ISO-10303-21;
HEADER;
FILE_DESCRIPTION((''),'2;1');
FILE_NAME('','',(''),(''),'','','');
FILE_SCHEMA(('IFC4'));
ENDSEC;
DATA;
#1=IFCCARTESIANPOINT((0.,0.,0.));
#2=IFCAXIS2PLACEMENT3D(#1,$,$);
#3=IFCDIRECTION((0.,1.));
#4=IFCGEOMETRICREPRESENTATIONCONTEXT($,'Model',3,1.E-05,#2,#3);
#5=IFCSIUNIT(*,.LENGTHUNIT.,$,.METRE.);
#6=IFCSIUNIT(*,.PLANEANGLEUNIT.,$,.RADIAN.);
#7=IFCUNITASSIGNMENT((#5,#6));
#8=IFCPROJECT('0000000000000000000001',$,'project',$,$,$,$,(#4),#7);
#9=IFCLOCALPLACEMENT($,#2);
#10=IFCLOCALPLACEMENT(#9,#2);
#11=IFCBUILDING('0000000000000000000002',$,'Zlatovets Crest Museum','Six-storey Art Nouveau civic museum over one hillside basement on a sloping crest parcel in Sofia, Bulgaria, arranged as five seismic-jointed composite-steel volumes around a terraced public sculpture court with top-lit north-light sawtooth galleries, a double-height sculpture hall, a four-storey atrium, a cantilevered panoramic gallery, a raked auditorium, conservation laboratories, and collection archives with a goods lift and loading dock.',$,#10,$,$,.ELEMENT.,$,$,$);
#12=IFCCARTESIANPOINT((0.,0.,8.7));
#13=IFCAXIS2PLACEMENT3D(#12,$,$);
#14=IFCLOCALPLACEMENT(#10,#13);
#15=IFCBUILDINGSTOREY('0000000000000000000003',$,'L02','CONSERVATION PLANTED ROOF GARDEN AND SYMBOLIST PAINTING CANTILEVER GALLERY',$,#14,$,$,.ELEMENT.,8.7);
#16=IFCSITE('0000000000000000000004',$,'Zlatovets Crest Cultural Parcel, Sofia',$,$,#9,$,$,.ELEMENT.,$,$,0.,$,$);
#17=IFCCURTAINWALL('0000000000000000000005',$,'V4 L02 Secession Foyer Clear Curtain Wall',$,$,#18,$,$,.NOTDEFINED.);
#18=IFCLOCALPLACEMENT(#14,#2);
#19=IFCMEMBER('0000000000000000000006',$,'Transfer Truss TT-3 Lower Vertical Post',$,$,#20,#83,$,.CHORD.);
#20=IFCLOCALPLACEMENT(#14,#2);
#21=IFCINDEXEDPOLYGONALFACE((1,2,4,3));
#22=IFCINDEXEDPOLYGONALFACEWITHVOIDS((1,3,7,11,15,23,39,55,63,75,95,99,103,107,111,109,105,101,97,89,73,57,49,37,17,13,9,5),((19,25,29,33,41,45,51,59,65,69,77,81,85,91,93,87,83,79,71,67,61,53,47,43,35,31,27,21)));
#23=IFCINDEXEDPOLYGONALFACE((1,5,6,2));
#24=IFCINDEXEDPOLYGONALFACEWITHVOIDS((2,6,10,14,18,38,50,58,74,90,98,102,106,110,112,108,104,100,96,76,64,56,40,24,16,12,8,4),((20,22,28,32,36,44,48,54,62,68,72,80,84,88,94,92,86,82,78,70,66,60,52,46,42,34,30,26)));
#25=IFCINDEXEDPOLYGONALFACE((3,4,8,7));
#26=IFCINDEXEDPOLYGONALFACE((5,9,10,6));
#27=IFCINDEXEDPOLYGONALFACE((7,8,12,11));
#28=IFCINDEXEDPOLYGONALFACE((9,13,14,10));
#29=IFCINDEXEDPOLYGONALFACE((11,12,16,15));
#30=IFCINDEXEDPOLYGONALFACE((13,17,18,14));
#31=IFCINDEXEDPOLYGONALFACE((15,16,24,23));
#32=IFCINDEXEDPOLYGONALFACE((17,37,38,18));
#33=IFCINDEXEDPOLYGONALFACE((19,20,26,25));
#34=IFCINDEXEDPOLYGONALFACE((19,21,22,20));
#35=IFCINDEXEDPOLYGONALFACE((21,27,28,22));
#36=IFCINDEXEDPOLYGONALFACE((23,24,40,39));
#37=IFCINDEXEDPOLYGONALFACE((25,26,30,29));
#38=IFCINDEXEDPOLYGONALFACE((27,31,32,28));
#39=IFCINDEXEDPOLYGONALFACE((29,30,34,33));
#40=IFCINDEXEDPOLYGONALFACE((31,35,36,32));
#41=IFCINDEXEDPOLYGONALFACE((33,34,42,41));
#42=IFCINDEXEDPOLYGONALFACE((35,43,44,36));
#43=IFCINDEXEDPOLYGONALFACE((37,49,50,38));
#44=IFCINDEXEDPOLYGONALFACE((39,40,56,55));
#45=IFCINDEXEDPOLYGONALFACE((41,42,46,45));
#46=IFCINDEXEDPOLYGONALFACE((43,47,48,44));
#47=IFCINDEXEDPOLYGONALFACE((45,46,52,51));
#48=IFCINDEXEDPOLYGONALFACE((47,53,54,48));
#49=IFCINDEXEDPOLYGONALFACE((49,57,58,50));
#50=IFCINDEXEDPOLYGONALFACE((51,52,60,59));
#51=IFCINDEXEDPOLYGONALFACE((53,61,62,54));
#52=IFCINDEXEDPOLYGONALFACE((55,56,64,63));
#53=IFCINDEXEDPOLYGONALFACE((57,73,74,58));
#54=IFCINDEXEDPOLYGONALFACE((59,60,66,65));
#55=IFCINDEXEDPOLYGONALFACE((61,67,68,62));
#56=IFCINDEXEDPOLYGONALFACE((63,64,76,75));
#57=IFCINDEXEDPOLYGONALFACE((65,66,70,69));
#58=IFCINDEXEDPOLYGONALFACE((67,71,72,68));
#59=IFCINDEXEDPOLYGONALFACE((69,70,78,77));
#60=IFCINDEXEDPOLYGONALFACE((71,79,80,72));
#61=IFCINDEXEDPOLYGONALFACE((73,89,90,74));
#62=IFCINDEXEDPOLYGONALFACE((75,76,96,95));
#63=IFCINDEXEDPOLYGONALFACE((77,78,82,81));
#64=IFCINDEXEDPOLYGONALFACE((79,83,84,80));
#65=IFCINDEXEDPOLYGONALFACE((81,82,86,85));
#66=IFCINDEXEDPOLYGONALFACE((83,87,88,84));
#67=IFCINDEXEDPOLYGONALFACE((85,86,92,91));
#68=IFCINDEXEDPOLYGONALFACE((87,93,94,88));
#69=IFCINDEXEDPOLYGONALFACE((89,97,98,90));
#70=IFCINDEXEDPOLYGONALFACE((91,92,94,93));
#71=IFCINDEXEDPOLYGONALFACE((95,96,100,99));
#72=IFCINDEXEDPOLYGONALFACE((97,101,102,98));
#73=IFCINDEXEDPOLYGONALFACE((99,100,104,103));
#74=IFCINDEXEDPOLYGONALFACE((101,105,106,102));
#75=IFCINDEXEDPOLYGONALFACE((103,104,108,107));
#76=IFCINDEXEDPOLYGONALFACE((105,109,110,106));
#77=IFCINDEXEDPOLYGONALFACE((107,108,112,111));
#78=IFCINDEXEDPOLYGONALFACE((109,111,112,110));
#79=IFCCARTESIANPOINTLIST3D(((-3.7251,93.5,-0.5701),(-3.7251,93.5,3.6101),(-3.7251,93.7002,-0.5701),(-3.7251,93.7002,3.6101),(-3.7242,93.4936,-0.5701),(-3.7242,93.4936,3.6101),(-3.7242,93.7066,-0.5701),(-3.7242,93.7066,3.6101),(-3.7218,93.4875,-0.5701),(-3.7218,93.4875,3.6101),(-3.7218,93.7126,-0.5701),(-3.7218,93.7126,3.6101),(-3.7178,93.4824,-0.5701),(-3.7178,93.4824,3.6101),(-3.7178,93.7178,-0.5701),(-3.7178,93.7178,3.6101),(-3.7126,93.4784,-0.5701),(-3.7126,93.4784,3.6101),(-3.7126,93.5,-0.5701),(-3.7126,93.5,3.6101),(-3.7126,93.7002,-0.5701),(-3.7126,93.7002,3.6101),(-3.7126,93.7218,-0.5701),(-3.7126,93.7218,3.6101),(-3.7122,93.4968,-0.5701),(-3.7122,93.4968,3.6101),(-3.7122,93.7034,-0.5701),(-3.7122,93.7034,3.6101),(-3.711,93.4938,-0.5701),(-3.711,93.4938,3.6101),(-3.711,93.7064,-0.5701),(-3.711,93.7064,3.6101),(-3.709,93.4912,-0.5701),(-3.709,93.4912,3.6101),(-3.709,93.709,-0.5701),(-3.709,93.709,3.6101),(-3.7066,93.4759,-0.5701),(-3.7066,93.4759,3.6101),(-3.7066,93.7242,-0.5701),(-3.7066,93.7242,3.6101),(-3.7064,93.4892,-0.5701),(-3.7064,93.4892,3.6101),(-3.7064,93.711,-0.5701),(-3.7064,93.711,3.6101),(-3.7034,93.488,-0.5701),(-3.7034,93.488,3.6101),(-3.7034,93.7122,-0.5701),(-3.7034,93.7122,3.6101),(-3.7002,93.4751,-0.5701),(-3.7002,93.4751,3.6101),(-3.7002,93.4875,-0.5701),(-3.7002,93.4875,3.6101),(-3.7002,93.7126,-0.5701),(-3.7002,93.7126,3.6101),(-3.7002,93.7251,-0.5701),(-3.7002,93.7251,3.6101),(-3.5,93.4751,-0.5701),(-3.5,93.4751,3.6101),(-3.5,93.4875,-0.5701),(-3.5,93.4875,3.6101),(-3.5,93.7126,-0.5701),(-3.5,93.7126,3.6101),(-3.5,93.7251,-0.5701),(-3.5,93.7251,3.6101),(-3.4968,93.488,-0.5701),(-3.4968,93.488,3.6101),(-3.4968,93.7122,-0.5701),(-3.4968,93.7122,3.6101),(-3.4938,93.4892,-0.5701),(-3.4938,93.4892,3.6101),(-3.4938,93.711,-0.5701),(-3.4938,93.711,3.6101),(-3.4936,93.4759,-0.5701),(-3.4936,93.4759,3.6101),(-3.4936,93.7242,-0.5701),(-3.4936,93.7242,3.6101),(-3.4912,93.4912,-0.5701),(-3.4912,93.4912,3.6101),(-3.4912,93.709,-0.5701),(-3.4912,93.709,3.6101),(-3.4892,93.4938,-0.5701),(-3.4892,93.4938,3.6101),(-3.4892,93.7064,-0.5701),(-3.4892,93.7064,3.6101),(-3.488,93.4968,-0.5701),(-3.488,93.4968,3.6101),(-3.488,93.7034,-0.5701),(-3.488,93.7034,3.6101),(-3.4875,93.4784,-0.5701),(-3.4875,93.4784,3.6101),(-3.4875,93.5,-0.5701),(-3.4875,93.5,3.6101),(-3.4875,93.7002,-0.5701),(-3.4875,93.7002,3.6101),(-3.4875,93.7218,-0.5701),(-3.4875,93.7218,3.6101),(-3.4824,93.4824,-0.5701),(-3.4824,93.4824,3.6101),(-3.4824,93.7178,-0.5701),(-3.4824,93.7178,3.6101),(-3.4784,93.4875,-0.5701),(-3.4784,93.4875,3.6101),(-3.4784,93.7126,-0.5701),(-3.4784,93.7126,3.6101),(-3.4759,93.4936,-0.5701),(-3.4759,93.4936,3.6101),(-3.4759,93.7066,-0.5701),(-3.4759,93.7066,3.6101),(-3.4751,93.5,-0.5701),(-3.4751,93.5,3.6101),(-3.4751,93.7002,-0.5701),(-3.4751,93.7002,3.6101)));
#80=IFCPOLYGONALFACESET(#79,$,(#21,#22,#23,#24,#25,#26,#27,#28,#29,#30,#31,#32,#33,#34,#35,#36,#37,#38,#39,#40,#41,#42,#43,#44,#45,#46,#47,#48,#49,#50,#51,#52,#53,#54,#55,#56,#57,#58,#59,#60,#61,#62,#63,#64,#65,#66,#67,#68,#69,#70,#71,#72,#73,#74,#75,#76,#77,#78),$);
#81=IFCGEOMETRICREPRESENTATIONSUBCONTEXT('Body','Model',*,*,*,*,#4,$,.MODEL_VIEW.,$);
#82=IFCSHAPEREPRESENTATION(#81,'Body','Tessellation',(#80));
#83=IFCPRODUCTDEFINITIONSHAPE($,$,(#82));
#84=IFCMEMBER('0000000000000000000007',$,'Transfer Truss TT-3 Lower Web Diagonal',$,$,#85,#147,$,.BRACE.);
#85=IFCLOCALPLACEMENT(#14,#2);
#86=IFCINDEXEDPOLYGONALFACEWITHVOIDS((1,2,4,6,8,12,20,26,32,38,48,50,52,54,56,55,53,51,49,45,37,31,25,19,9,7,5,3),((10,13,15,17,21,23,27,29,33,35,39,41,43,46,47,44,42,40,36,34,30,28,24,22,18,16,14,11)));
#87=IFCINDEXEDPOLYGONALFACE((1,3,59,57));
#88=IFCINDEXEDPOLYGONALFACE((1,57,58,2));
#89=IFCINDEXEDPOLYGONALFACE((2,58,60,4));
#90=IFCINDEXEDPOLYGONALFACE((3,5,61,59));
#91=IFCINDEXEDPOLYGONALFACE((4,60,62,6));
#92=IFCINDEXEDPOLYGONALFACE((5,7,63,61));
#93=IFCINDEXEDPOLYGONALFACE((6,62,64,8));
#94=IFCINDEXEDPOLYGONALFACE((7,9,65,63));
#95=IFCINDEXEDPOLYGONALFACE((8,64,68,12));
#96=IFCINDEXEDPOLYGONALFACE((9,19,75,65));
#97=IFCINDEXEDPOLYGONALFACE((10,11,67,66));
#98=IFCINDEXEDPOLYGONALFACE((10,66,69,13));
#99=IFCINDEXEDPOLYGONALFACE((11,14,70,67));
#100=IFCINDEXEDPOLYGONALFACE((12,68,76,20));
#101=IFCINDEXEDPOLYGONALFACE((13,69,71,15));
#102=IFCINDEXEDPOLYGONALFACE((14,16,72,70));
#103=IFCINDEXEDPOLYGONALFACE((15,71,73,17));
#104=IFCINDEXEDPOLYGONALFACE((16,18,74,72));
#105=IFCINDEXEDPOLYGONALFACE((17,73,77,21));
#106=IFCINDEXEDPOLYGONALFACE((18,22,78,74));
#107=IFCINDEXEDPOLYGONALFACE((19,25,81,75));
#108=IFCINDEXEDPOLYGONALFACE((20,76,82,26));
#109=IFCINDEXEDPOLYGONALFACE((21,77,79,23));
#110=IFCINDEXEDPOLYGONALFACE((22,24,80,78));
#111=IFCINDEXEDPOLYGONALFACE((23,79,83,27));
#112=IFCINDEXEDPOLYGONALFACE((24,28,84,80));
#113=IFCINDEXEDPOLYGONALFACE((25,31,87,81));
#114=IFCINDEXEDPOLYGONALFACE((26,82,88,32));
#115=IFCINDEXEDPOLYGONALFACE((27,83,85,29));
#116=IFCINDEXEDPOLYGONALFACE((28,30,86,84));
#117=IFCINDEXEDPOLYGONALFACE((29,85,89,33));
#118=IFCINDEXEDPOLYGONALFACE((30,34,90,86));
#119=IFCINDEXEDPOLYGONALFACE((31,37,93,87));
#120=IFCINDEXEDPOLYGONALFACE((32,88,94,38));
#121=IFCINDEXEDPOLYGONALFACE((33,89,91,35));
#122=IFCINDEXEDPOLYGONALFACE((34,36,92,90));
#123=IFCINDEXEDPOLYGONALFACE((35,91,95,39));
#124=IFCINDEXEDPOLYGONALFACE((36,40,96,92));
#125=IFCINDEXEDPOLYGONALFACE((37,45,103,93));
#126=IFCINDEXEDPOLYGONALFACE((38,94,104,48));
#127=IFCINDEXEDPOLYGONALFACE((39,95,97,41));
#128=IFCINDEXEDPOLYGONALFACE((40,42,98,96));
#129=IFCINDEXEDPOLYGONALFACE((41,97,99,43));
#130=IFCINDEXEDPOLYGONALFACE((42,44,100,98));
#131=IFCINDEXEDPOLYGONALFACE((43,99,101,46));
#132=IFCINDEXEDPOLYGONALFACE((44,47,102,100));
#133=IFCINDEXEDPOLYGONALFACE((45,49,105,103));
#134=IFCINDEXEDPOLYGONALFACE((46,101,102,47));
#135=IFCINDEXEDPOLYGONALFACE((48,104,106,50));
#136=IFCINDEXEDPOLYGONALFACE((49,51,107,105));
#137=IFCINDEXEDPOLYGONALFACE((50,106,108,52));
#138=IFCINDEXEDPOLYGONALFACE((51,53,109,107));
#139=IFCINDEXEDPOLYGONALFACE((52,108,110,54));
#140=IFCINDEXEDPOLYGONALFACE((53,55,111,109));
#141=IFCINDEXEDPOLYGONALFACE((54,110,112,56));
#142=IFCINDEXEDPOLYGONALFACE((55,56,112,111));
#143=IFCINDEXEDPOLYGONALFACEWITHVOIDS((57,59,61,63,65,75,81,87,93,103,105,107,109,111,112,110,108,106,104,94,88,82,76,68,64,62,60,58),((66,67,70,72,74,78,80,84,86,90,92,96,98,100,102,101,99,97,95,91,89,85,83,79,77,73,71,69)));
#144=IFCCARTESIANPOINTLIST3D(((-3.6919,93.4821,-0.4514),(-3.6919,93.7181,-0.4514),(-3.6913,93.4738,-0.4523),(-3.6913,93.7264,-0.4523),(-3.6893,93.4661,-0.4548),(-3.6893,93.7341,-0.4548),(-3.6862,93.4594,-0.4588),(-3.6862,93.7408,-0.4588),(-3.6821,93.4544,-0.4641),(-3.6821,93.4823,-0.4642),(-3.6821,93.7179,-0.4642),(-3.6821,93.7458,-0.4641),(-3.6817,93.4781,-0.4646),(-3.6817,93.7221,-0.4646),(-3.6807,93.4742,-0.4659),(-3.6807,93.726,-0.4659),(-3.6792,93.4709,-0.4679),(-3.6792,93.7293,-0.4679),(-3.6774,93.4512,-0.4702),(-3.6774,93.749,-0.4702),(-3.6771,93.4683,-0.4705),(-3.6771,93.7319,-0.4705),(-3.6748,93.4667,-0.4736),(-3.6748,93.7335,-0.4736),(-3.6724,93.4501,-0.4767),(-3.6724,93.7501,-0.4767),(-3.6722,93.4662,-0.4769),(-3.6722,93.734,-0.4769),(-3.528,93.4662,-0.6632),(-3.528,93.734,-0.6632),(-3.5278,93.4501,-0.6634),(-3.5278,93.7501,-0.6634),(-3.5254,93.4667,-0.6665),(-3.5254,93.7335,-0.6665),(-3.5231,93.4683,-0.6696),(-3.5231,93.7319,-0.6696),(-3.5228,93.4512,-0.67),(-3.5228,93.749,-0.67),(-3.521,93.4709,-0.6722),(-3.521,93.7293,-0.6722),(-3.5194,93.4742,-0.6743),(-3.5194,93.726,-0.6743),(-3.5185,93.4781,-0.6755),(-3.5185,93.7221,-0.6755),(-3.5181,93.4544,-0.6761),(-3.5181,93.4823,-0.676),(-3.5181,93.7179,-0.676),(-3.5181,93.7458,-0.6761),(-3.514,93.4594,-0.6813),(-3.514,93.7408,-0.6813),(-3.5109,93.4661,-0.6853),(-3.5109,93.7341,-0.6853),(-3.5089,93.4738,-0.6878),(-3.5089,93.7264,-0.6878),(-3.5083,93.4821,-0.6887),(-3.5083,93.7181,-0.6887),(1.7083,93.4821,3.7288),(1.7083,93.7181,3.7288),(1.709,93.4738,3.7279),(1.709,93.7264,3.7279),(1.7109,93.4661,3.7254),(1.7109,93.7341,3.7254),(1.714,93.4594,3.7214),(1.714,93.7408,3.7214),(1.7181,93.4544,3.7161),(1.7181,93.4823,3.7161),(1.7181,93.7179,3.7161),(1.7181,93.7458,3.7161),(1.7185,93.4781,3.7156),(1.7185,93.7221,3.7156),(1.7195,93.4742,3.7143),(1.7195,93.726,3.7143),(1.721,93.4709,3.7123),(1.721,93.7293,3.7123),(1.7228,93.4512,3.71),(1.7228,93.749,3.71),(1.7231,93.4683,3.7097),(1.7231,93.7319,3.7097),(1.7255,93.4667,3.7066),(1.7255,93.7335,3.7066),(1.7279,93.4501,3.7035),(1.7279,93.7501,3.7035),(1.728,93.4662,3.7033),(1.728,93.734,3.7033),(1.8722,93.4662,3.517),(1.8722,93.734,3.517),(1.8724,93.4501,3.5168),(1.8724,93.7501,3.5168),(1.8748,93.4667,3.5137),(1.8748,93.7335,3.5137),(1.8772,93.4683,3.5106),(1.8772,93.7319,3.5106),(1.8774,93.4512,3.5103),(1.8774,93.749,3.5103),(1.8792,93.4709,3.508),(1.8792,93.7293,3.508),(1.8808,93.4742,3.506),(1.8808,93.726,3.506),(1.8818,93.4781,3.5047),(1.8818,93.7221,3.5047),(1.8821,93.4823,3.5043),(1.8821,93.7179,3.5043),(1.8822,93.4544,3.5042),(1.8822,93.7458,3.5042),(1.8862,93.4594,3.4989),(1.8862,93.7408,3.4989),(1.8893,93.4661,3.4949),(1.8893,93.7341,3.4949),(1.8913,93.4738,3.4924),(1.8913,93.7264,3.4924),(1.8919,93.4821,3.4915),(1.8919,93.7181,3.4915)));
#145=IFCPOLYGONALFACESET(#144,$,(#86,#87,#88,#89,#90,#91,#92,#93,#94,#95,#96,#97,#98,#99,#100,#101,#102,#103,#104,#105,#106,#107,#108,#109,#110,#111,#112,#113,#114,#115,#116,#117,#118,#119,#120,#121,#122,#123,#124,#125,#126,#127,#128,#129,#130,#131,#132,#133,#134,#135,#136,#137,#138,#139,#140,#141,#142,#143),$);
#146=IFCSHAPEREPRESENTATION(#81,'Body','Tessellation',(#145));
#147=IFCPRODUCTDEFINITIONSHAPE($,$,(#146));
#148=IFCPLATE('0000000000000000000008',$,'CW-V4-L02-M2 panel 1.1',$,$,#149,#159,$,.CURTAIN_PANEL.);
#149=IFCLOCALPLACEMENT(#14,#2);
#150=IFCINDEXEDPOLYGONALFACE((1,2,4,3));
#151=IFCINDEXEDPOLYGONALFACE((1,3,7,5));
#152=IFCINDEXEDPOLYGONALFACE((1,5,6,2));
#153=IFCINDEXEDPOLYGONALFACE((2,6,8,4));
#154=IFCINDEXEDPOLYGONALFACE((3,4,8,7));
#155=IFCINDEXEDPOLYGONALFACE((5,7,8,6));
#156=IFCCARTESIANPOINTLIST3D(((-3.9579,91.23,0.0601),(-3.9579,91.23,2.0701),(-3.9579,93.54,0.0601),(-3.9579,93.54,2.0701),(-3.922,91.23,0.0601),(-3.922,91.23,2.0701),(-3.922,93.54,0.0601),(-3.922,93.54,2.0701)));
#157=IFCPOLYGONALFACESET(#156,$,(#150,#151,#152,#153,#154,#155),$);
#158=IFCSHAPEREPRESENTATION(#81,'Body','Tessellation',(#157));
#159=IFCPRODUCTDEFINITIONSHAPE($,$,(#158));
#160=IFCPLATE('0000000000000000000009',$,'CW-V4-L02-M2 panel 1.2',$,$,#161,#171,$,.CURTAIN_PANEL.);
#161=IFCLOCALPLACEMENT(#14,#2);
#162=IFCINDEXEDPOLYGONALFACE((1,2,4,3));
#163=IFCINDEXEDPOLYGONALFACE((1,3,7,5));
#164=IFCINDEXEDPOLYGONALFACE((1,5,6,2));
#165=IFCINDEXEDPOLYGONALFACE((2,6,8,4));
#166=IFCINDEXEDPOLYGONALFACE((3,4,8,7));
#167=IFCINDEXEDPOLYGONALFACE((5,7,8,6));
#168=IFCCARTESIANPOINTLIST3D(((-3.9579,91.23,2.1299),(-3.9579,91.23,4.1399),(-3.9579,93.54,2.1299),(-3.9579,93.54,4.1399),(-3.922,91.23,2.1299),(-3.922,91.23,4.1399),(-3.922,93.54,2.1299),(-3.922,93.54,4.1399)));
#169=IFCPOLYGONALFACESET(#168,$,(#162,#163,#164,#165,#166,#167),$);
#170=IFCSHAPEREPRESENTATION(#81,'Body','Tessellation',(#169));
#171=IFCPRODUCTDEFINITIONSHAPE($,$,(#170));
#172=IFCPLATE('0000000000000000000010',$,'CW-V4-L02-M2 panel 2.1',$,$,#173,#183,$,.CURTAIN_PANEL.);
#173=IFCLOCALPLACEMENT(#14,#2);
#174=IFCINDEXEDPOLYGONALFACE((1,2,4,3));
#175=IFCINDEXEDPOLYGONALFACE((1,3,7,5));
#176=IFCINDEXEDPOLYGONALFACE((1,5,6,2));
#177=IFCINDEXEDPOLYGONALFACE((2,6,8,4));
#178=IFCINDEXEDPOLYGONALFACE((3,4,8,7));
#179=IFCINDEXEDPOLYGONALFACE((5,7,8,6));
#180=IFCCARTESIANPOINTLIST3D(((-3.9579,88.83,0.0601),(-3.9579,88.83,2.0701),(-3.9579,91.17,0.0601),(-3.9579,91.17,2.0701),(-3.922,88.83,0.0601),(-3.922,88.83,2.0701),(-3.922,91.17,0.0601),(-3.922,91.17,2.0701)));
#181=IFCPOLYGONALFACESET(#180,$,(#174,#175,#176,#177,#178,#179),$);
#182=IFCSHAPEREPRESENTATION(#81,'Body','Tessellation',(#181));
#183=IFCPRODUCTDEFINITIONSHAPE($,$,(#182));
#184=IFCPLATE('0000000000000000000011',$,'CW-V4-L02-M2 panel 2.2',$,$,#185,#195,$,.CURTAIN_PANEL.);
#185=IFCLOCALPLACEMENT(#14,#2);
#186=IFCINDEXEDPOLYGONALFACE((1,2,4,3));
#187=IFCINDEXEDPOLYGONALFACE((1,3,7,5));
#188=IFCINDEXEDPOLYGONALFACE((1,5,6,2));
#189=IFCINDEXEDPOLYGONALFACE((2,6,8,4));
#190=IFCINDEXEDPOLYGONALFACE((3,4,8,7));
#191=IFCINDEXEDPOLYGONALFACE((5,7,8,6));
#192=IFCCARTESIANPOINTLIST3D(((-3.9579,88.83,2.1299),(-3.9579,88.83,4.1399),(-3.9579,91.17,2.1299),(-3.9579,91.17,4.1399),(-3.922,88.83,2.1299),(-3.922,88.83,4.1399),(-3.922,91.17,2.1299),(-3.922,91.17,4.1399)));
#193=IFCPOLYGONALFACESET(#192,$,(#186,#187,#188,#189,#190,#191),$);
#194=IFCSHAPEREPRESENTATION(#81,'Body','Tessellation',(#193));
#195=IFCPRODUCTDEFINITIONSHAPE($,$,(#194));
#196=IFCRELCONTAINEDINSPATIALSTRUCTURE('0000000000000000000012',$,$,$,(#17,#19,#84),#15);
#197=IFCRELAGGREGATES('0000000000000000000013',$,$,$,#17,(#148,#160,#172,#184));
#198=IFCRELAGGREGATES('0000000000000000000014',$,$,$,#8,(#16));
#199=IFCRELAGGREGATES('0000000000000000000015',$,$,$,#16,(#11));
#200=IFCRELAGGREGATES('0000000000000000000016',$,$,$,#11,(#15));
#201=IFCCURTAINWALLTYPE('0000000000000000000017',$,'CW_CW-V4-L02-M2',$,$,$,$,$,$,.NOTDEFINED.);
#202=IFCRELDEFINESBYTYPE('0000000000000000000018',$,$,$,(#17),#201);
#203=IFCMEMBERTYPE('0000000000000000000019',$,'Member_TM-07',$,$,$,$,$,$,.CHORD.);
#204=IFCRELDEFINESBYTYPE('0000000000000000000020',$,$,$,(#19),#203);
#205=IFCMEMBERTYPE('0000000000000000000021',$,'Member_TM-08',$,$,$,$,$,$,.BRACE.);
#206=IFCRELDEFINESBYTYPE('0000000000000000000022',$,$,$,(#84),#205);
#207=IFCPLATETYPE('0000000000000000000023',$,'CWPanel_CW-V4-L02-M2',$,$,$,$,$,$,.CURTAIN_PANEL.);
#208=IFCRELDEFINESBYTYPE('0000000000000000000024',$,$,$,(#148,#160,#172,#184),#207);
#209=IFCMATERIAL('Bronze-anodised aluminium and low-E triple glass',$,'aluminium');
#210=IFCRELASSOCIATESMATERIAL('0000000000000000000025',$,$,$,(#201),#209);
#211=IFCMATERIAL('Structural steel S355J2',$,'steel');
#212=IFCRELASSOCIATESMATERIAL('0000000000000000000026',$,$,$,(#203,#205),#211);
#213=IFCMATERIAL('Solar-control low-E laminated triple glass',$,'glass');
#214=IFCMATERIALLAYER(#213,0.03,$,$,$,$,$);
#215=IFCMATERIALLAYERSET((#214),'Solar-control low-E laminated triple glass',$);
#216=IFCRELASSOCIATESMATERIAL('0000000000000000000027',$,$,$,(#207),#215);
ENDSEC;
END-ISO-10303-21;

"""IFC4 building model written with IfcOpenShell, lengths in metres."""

from ifc_helpers import new_model, si_unit, direction, frame, origin, origin_2d, place, context, subcontext, project, spatial, rectangle, hollow_rectangle, extrude, material, layer, layer_set, material_profile, profile_set, type_object, element, aggregate, save


model = new_model("IFC4")

# Units and contexts
model_context = context("Model", 3, precision=1e-05, world=origin(), true_north=direction((0.0, 1.0)))
body_context = subcontext(model_context, "Body", "Model", "MODEL_VIEW")
ifc_project = project(units=[si_unit("LENGTHUNIT", "METRE"), si_unit("PLANEANGLEUNIT", "RADIAN")], contexts=[model_context])

# Site, building, storey
site_placement = place(None, origin())
site = spatial("IfcSite", under=ifc_project, at=site_placement, Name="Zlatovets Crest Cultural Parcel, Sofia", CompositionType="ELEMENT", RefElevation=0.0)
building_placement = place(site_placement, origin())
building = spatial("IfcBuilding", under=site, at=building_placement, Name="Zlatovets Crest Museum", Description="Six-storey Art Nouveau civic museum over one hillside basement on a sloping crest parcel in Sofia, Bulgaria, arranged as five seismic-jointed composite-steel volumes around a terraced public sculpture court with top-lit north-light sawtooth galleries, a double-height sculpture hall, a four-storey atrium, a cantilevered panoramic gallery, a raked auditorium, conservation laboratories, and collection archives with a goods lift and loading dock.", CompositionType="ELEMENT")
storey_placement = place(building_placement, frame((0.0, 0.0, 8.7)))
storey = spatial("IfcBuildingStorey", under=building, at=storey_placement, Name="L02", Description="CONSERVATION PLANTED ROOF GARDEN AND SYMBOLIST PAINTING CANTILEVER GALLERY", CompositionType="ELEMENT", Elevation=8.7)

# Shared definitions
ifc_material_1 = material(Name="Structural steel S355J2", Category="steel")

# Curtain wall
ifc_material_2 = material(Name="Bronze-anodised aluminium and low-E triple glass", Category="aluminium")
curtain_wall_type = type_object("IfcCurtainWallType", Name="CW_CW-V4-L02-M2", PredefinedType="NOTDEFINED", material=ifc_material_2)
curtain_wall_placement = place(storey_placement, origin())
curtain_wall = element("IfcCurtainWall", 1, at=curtain_wall_placement, inside=storey, type_object=curtain_wall_type, Name="V4 L02 Secession Foyer Clear Curtain Wall", PredefinedType="NOTDEFINED")

# Members
ifc_material_profile_1 = material_profile(ifc_material_1, hollow_rectangle(XDim=0.25, YDim=0.25, WallThickness=0.0125, InnerFilletRadius=0.0125, OuterFilletRadius=0.0249, at=origin_2d()), Name="SHS 250x250x12.5")
ifc_profile_set_1 = profile_set([ifc_material_profile_1], Name="Structural steel S355J2")
member_type_1 = type_object("IfcMemberType", Name="Member_TM-07", PredefinedType="CHORD", material=ifc_profile_set_1)
member_1_placement = place(storey_placement, frame((-3.6001, 93.6001, -0.5701), z_axis=(0.0, 0.0, 1.0), x_axis=(1.0, 0.0, 0.0)))
element("IfcMember", 2, at=member_1_placement, inside=storey, type_object=member_type_1, Name="Transfer Truss TT-3 Lower Vertical Post", PredefinedType="CHORD", context=body_context, shape_type="SweptSolid", body=[
    extrude(hollow_rectangle(XDim=0.25, YDim=0.25, WallThickness=0.0125, InnerFilletRadius=0.0125, OuterFilletRadius=0.0249, at=origin_2d()), origin(), (0.0, 0.0, 1.0), 4.1802),
])
ifc_material_profile_2 = material_profile(ifc_material_1, hollow_rectangle(XDim=0.3, YDim=0.3, WallThickness=0.0161, InnerFilletRadius=0.0161, OuterFilletRadius=0.032, at=origin_2d()), Name="SHS 300x300x16.0")
ifc_profile_set_2 = profile_set([ifc_material_profile_2], Name="Structural steel S355J2")
member_type_2 = type_object("IfcMemberType", Name="Member_TM-08", PredefinedType="BRACE", material=ifc_profile_set_2)
member_2_placement = place(storey_placement, frame((-3.6001, 93.6001, -0.5701), z_axis=(0.790765, 0.0, 0.61212), x_axis=(0.0, 1.0, 0.0)))
element("IfcMember", 3, at=member_2_placement, inside=storey, type_object=member_type_2, Name="Transfer Truss TT-3 Lower Web Diagonal", PredefinedType="BRACE", context=body_context, shape_type="SweptSolid", body=[
    extrude(hollow_rectangle(XDim=0.3, YDim=0.3, WallThickness=0.0161, InnerFilletRadius=0.0161, OuterFilletRadius=0.032, at=origin_2d()), origin(), (0.0, 0.0, 1.0), 6.8291),
])

# Plates
ifc_material_3 = material(Name="Solar-control low-E laminated triple glass", Category="glass")
ifc_layer_1 = layer(ifc_material_3, 0.03)
ifc_layer_set_1 = layer_set([ifc_layer_1], Name="Solar-control low-E laminated triple glass")
plate_type_1 = type_object("IfcPlateType", Name="CWPanel_CW-V4-L02-M2", PredefinedType="CURTAIN_PANEL", material=ifc_layer_set_1)
plate_1_placement = place(storey_placement, frame((-3.9399, 92.385, 0.0601), z_axis=(0.0, 0.0, 1.0), x_axis=(0.0, -1.0, 0.0)))
plate_1 = element("IfcPlate", 4, at=plate_1_placement, type_object=plate_type_1, Name="CW-V4-L02-M2 panel 1.1", PredefinedType="CURTAIN_PANEL", context=body_context, shape_type="SweptSolid", body=[
    extrude(rectangle(XDim=2.3101, YDim=0.0359, at=origin_2d()), origin(), (0.0, 0.0, 1.0), 2.01),
])
plate_2_placement = place(storey_placement, frame((-3.9399, 92.385, 2.1299), z_axis=(0.0, 0.0, 1.0), x_axis=(0.0, -1.0, 0.0)))
plate_2 = element("IfcPlate", 5, at=plate_2_placement, type_object=plate_type_1, Name="CW-V4-L02-M2 panel 1.2", PredefinedType="CURTAIN_PANEL", context=body_context, shape_type="SweptSolid", body=[
    extrude(rectangle(XDim=2.3101, YDim=0.0359, at=origin_2d()), origin(), (0.0, 0.0, 1.0), 2.01),
])
plate_3_placement = place(storey_placement, frame((-3.9399, 90.0, 0.0601), z_axis=(0.0, 0.0, 1.0), x_axis=(0.0, -1.0, 0.0)))
plate_3 = element("IfcPlate", 6, at=plate_3_placement, type_object=plate_type_1, Name="CW-V4-L02-M2 panel 2.1", PredefinedType="CURTAIN_PANEL", context=body_context, shape_type="SweptSolid", body=[
    extrude(rectangle(XDim=2.3401, YDim=0.0359, at=origin_2d()), origin(), (0.0, 0.0, 1.0), 2.01),
])
plate_4_placement = place(storey_placement, frame((-3.9399, 90.0, 2.1299), z_axis=(0.0, 0.0, 1.0), x_axis=(0.0, -1.0, 0.0)))
plate_4 = element("IfcPlate", 7, at=plate_4_placement, type_object=plate_type_1, Name="CW-V4-L02-M2 panel 2.2", PredefinedType="CURTAIN_PANEL", context=body_context, shape_type="SweptSolid", body=[
    extrude(rectangle(XDim=2.3401, YDim=0.0359, at=origin_2d()), origin(), (0.0, 0.0, 1.0), 2.01),
])
aggregate(curtain_wall, [plate_1, plate_2, plate_3, plate_4])

save(model, "model.ifc")
